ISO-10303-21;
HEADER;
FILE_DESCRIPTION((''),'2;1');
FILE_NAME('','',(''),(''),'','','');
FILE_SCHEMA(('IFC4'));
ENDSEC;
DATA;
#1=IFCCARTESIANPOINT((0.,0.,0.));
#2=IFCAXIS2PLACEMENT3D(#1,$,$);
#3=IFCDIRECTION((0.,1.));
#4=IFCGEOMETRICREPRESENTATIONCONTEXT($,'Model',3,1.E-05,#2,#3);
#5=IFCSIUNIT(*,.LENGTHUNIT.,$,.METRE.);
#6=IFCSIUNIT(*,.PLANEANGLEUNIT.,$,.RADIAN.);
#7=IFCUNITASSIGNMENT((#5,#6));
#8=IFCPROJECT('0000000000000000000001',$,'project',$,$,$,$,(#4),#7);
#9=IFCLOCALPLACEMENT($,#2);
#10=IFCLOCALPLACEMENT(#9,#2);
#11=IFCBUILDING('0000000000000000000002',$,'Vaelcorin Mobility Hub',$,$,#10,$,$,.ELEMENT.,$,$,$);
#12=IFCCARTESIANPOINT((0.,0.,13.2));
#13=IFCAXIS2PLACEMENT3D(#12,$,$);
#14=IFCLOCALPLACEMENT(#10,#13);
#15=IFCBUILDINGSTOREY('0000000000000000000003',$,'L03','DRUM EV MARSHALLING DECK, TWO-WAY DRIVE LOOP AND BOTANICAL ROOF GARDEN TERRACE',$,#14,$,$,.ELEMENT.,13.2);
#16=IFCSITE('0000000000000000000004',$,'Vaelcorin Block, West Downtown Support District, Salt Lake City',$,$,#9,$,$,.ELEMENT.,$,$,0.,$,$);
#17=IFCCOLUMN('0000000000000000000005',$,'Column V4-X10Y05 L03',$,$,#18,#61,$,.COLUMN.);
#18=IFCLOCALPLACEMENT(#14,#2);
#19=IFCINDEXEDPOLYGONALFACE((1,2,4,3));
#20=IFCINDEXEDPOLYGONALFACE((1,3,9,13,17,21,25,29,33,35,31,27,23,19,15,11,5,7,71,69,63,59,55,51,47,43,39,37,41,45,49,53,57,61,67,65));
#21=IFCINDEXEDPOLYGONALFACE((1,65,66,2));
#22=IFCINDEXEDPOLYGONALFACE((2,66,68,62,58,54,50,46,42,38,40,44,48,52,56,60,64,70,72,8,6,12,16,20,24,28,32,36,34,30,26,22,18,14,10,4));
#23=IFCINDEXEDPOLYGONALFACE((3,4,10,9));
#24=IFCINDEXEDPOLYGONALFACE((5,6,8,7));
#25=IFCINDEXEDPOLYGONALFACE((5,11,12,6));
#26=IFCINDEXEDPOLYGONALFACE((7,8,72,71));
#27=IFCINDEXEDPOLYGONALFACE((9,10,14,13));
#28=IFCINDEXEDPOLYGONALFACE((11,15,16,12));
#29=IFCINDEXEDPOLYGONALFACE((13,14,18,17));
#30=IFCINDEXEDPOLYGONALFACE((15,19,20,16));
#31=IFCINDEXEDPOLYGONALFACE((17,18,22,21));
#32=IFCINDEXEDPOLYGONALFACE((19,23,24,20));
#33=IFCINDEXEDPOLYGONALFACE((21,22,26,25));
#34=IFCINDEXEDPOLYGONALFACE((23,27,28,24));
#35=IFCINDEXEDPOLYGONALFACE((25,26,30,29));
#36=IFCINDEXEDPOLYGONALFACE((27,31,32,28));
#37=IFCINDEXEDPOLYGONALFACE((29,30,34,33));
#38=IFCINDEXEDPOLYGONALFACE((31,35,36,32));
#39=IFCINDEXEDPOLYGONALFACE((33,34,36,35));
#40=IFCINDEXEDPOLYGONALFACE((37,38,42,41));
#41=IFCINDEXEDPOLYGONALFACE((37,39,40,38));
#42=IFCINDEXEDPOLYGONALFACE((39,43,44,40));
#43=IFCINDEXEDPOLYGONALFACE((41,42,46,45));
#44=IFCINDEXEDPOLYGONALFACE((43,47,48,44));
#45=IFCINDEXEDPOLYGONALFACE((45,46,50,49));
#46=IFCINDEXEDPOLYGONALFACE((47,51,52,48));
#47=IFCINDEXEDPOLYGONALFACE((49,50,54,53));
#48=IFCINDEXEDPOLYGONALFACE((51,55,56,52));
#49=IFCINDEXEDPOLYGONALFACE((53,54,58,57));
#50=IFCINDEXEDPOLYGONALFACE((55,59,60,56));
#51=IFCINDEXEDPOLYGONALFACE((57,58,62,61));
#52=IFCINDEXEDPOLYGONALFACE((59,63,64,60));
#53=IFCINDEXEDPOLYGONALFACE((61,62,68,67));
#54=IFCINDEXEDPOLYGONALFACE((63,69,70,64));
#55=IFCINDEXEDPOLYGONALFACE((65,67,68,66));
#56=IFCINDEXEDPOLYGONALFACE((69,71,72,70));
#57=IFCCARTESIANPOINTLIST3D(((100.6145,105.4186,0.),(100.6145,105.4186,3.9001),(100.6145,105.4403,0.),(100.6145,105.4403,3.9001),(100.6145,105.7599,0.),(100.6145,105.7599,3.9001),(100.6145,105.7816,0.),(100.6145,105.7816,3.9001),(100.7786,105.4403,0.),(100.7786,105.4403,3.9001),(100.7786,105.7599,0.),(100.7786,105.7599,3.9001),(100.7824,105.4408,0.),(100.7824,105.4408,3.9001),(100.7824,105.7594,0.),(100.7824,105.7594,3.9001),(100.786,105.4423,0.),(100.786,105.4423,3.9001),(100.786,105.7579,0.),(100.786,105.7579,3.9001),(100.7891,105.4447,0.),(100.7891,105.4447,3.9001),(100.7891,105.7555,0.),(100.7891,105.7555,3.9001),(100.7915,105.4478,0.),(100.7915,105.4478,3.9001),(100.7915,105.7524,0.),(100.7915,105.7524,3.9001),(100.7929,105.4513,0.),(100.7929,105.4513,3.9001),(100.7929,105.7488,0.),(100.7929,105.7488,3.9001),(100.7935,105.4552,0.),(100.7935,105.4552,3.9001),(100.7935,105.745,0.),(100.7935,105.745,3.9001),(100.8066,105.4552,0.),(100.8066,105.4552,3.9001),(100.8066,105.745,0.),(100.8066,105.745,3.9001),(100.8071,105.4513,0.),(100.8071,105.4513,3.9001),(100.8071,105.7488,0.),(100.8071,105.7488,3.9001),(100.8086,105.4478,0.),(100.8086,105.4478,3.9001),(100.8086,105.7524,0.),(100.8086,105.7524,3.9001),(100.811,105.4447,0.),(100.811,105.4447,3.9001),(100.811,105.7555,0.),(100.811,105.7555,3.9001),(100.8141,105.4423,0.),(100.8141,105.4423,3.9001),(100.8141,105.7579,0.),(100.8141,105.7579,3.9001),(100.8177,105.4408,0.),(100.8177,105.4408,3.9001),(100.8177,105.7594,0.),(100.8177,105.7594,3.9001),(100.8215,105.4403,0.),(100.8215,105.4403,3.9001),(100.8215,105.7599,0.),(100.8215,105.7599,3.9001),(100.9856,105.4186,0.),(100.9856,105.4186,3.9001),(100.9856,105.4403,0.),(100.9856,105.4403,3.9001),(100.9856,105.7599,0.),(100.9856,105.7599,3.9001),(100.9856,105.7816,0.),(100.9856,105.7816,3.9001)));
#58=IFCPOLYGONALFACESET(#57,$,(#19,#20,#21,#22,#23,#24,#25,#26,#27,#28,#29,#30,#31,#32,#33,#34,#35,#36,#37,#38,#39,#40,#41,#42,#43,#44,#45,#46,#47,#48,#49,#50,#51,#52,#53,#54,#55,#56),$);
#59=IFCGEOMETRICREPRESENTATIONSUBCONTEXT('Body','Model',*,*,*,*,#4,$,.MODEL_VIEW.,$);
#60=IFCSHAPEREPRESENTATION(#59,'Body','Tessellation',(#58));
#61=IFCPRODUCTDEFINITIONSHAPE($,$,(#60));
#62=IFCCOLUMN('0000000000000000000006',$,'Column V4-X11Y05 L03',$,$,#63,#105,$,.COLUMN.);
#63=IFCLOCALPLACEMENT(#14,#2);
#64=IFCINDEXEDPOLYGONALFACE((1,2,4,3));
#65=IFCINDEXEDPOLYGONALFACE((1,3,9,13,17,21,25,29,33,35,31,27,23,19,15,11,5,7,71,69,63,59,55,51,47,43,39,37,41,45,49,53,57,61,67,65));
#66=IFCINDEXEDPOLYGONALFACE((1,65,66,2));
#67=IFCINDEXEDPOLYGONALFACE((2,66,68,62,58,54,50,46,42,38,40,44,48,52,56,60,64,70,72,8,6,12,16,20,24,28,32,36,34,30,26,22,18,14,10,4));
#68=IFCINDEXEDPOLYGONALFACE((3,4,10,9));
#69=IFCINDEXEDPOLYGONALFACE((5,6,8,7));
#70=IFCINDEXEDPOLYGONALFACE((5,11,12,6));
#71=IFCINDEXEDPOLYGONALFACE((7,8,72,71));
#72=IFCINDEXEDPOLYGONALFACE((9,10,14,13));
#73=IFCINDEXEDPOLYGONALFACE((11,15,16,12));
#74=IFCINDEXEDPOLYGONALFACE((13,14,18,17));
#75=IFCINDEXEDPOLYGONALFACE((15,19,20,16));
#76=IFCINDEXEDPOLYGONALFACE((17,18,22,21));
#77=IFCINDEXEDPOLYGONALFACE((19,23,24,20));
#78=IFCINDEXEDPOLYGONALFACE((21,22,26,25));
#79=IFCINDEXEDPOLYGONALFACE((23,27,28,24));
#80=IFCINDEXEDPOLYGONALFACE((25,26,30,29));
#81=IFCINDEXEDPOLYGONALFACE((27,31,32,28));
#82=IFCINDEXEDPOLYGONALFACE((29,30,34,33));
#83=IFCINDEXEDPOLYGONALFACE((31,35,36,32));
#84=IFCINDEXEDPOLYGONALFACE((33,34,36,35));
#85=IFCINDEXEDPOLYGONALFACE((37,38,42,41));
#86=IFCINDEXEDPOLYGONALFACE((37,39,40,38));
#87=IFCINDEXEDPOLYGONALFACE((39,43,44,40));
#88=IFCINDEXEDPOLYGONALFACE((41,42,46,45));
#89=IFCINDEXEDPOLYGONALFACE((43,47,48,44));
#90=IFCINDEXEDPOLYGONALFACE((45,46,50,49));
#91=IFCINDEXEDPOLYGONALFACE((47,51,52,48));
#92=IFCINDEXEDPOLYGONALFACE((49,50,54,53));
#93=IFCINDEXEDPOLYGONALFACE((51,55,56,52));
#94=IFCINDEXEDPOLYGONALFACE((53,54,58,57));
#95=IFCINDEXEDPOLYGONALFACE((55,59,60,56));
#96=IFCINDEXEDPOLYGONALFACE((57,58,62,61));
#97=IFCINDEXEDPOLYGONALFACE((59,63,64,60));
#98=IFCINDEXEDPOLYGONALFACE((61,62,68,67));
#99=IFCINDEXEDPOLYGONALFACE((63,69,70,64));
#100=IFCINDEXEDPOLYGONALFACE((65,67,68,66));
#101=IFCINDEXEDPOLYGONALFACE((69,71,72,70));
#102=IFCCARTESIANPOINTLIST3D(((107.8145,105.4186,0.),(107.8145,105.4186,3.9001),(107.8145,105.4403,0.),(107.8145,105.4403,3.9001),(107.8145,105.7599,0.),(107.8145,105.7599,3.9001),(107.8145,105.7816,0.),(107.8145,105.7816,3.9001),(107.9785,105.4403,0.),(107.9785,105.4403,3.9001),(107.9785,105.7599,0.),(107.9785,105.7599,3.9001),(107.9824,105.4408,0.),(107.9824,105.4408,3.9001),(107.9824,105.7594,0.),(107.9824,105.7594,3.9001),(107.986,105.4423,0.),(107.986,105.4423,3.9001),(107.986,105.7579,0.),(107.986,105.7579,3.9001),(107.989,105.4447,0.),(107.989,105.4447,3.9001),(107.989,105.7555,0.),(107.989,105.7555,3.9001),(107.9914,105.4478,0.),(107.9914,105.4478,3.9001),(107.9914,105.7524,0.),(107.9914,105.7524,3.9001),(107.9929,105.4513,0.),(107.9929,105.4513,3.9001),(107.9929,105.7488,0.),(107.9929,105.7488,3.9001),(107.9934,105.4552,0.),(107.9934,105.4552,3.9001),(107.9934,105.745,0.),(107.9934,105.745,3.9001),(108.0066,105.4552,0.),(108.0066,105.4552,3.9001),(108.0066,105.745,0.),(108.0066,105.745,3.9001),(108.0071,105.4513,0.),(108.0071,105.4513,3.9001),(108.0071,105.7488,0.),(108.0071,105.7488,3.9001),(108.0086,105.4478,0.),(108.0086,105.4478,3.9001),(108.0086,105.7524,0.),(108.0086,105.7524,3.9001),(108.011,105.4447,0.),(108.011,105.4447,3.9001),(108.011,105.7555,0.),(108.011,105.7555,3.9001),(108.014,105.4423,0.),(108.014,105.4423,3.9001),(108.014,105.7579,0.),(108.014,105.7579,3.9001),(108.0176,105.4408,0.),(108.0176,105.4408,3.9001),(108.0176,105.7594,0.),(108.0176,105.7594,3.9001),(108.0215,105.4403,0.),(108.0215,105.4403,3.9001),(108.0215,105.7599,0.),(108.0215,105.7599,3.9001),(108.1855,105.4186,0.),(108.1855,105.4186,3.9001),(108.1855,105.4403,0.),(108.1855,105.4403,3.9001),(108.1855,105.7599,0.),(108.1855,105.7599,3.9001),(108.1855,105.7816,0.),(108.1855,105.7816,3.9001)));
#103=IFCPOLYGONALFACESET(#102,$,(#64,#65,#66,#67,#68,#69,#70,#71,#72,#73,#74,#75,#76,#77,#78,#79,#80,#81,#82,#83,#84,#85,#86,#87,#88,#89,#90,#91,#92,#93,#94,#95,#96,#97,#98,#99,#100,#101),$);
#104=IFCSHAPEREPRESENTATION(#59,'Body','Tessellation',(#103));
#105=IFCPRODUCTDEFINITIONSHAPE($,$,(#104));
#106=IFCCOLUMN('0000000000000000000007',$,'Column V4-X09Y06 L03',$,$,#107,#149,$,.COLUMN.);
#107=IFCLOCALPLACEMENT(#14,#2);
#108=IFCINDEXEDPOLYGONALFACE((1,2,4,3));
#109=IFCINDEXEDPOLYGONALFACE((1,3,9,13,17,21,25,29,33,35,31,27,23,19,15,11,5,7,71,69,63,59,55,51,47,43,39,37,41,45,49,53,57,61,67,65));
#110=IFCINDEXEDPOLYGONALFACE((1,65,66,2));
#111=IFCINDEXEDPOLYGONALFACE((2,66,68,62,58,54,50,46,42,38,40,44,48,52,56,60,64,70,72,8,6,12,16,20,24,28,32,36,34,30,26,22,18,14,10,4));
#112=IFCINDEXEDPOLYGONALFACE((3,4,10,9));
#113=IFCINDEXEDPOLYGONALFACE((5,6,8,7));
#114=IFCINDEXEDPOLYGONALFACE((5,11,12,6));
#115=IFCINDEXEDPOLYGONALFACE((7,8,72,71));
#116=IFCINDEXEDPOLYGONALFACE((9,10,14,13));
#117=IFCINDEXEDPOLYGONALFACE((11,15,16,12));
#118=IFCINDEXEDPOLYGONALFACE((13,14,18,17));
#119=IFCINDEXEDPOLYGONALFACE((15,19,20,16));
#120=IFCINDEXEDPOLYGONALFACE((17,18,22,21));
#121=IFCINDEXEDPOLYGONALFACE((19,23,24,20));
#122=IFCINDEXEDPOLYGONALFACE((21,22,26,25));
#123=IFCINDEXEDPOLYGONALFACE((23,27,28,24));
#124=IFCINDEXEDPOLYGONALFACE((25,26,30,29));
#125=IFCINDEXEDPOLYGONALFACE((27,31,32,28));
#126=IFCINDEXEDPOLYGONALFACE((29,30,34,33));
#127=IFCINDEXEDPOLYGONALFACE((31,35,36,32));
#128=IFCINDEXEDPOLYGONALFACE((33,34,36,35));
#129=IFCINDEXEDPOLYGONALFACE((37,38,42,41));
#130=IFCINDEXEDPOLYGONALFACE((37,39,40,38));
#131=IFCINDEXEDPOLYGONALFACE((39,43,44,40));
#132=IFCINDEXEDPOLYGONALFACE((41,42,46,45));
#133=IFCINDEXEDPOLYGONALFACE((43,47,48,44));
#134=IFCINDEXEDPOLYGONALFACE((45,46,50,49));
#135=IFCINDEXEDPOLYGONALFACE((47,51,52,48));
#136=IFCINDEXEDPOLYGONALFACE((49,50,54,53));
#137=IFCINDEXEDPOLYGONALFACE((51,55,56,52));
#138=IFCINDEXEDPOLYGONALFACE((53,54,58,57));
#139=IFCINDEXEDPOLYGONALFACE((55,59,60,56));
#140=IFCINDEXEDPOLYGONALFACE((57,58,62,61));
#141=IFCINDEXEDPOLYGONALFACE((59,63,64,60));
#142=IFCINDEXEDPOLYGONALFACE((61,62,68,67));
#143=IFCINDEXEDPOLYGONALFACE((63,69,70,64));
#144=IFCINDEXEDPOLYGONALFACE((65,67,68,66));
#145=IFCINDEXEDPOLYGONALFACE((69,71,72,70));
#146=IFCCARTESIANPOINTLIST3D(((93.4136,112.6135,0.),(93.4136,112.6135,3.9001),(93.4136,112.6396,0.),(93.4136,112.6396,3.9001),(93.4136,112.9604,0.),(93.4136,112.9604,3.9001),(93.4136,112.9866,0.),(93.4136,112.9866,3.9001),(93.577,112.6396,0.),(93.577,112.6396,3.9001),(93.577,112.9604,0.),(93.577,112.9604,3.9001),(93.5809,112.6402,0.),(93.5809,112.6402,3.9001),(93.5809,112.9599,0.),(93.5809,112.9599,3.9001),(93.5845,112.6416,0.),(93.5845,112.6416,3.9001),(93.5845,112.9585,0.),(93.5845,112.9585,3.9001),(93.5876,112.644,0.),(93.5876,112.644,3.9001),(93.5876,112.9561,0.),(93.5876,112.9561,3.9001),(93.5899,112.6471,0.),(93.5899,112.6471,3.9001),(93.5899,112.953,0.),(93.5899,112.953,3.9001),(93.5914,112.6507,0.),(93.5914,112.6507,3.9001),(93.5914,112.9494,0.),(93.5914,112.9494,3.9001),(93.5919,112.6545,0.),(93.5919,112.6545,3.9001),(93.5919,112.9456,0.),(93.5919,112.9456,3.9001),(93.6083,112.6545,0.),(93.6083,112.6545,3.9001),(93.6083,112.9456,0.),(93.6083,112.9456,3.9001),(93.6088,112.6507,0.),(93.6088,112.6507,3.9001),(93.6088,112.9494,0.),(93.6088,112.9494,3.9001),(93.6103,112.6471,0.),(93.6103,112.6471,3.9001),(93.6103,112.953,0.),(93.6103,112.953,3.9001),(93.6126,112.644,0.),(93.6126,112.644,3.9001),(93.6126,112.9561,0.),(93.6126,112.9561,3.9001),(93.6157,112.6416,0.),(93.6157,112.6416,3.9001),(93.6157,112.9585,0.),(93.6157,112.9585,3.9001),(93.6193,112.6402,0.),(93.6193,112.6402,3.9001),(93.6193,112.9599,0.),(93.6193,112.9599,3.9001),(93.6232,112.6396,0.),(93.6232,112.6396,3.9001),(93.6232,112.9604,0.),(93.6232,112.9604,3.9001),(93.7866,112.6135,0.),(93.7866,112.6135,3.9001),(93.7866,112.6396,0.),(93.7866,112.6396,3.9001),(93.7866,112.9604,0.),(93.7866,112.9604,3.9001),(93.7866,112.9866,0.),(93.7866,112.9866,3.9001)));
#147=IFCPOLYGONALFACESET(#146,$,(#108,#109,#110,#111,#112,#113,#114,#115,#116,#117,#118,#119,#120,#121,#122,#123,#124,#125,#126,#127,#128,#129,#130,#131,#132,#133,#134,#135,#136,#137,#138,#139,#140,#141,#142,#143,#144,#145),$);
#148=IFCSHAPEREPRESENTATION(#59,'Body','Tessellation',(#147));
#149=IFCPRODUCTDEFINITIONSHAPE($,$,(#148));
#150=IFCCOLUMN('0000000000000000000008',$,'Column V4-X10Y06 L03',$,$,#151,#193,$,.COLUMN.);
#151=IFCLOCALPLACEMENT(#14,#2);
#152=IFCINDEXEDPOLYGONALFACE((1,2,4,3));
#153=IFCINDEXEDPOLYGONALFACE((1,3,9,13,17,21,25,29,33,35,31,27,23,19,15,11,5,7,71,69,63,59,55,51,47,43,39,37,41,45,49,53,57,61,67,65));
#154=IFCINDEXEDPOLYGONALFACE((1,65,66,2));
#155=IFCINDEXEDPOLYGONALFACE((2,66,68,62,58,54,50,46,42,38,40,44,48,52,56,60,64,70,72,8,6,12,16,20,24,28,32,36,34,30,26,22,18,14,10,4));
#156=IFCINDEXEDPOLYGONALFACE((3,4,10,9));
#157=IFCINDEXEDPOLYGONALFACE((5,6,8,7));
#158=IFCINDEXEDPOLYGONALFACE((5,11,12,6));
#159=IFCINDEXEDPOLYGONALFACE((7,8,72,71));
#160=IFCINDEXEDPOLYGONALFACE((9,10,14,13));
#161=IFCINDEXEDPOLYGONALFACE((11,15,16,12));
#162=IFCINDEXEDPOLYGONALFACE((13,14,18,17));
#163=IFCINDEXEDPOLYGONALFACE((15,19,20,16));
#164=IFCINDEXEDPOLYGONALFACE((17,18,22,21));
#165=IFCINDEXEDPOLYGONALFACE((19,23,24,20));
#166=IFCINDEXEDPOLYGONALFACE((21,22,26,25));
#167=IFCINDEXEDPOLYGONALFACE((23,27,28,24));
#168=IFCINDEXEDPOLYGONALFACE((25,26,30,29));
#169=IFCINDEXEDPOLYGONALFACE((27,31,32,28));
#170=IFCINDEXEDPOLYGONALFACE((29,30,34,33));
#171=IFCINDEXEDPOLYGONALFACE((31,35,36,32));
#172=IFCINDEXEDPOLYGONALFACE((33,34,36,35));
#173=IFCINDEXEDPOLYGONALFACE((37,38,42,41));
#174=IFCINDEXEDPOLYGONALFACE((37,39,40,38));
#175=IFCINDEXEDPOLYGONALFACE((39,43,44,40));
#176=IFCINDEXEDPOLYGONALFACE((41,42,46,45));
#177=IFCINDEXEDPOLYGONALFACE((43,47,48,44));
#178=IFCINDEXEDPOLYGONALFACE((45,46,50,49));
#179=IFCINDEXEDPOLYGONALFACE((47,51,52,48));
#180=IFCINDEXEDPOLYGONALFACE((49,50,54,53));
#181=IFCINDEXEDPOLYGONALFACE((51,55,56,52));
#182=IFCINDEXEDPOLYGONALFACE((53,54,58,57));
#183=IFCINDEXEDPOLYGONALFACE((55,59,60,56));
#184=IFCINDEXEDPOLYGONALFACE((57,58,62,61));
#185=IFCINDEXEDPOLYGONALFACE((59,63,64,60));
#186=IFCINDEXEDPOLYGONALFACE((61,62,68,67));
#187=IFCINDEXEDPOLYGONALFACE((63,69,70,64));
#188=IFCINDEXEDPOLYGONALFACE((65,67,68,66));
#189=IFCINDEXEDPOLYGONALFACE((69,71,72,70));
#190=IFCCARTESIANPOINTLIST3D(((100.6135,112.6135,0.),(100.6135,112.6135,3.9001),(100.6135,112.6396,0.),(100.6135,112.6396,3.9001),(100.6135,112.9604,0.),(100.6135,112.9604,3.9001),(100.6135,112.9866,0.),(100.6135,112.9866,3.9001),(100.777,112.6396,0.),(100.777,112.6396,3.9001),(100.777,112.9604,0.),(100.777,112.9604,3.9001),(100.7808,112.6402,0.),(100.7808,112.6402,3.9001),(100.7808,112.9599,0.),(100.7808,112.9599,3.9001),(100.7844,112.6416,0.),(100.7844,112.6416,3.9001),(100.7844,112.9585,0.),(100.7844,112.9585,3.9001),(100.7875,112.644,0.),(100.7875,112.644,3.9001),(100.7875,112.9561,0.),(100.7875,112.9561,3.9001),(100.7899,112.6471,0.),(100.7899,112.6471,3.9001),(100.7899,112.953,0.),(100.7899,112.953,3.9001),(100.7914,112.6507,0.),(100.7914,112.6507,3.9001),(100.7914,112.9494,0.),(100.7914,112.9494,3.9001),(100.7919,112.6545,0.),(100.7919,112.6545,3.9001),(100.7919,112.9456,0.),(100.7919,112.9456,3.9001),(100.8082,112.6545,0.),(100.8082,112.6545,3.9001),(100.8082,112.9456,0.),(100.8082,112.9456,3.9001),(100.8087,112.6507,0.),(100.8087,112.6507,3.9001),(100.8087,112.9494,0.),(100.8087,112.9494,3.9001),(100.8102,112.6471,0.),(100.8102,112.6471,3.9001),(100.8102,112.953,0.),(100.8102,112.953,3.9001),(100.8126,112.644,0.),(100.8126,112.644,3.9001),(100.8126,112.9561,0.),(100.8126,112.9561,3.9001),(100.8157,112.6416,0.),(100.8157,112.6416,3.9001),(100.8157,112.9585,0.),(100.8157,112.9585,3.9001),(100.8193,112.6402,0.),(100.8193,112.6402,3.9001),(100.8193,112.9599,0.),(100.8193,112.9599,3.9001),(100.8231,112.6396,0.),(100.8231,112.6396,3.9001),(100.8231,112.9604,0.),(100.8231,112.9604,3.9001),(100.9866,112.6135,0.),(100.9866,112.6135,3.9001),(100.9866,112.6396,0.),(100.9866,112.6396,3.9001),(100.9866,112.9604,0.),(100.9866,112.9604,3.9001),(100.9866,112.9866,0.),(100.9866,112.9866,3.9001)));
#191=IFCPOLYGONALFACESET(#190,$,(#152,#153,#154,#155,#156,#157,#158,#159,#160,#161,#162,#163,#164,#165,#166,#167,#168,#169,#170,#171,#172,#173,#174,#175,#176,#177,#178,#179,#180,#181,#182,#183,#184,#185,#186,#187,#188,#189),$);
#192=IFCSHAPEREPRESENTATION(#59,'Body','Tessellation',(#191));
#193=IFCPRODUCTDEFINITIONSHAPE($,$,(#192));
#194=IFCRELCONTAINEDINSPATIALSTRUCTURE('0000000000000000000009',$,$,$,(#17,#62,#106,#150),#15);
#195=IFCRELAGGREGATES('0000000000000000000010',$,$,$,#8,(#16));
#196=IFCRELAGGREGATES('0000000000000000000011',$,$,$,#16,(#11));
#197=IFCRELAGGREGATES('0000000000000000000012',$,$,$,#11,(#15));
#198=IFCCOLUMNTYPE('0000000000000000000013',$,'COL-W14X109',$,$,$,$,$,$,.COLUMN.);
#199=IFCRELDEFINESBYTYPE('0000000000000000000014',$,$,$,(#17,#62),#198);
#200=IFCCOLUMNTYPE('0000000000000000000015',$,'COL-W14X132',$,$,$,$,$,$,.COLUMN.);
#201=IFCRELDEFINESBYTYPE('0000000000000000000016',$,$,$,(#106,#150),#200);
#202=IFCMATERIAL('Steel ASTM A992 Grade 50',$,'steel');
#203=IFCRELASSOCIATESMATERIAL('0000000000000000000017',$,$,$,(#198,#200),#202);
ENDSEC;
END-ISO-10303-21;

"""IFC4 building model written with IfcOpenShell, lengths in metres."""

from ifc_helpers import new_model, si_unit, direction, frame, origin, origin_2d, place, context, subcontext, project, spatial, i_section, extrude, material, material_profile, profile_set, type_object, element, save


model = new_model("IFC4")

# Units and contexts
model_context = context("Model", 3, precision=1e-05, world=origin(), true_north=direction((0.0, 1.0)))
body_context = subcontext(model_context, "Body", "Model", "MODEL_VIEW")
ifc_project = project(units=[si_unit("LENGTHUNIT", "METRE"), si_unit("PLANEANGLEUNIT", "RADIAN")], contexts=[model_context])

# Site, building, storey
site_placement = place(None, origin())
site = spatial("IfcSite", under=ifc_project, at=site_placement, Name="Vaelcorin Block, West Downtown Support District, Salt Lake City", CompositionType="ELEMENT", RefElevation=0.0)
building_placement = place(site_placement, origin())
building = spatial("IfcBuilding", under=site, at=building_placement, Name="Vaelcorin Mobility Hub", CompositionType="ELEMENT")
storey_placement = place(building_placement, frame((0.0, 0.0, 13.2)))
storey = spatial("IfcBuildingStorey", under=building, at=storey_placement, Name="L03", Description="DRUM EV MARSHALLING DECK, TWO-WAY DRIVE LOOP AND BOTANICAL ROOF GARDEN TERRACE", CompositionType="ELEMENT", Elevation=13.2)

# Columns
ifc_material_1 = material(Name="Steel ASTM A992 Grade 50", Category="steel")
ifc_material_profile_1 = material_profile(ifc_material_1, i_section(OverallWidth=0.3711, OverallDepth=0.363, WebThickness=0.0132, FlangeThickness=0.0217, FilletRadius=0.0149, at=origin_2d()), Name="W14X109")
ifc_profile_set_1 = profile_set([ifc_material_profile_1], Name="Steel ASTM A992 Grade 50")
column_type_1 = type_object("IfcColumnType", Name="COL-W14X109", PredefinedType="COLUMN", material=ifc_profile_set_1)
for number, where, z_axis, x_axis, name in (
    (1, (100.8, 105.6001, 0.0), (0.0, 0.0, 1.0), (1.0, 0.0, 0.0), "Column V4-X10Y05 L03"),
    (2, (108.0, 105.6001, 0.0), (0.0, 0.0, 1.0), (1.0, 0.0, 0.0), "Column V4-X11Y05 L03"),
):
    element("IfcColumn", number, at=place(storey_placement, frame(where, z_axis=z_axis, x_axis=x_axis)), inside=storey, type_object=column_type_1, Name=name, PredefinedType="COLUMN", context=body_context, shape_type="SweptSolid", body=[
        extrude(i_section(OverallWidth=0.3711, OverallDepth=0.363, WebThickness=0.0132, FlangeThickness=0.0217, FilletRadius=0.0149, at=origin_2d()), origin(), (0.0, 0.0, 1.0), 3.9001),
    ])
ifc_material_profile_2 = material_profile(ifc_material_1, i_section(OverallWidth=0.373, OverallDepth=0.373, WebThickness=0.0164, FlangeThickness=0.0261, FilletRadius=0.0149, at=origin_2d()), Name="W14X132")
ifc_profile_set_2 = profile_set([ifc_material_profile_2], Name="Steel ASTM A992 Grade 50")
column_type_2 = type_object("IfcColumnType", Name="COL-W14X132", PredefinedType="COLUMN", material=ifc_profile_set_2)
for number, where, z_axis, x_axis, name in (
    (3, (93.6001, 112.8, 0.0), (0.0, 0.0, 1.0), (1.0, 0.0, 0.0), "Column V4-X09Y06 L03"),
    (4, (100.8, 112.8, 0.0), (0.0, 0.0, 1.0), (1.0, 0.0, 0.0), "Column V4-X10Y06 L03"),
):
    element("IfcColumn", number, at=place(storey_placement, frame(where, z_axis=z_axis, x_axis=x_axis)), inside=storey, type_object=column_type_2, Name=name, PredefinedType="COLUMN", context=body_context, shape_type="SweptSolid", body=[
        extrude(i_section(OverallWidth=0.373, OverallDepth=0.373, WebThickness=0.0164, FlangeThickness=0.0261, FilletRadius=0.0149, at=origin_2d()), origin(), (0.0, 0.0, 1.0), 3.9001),
    ])

save(model, "model.ifc")
